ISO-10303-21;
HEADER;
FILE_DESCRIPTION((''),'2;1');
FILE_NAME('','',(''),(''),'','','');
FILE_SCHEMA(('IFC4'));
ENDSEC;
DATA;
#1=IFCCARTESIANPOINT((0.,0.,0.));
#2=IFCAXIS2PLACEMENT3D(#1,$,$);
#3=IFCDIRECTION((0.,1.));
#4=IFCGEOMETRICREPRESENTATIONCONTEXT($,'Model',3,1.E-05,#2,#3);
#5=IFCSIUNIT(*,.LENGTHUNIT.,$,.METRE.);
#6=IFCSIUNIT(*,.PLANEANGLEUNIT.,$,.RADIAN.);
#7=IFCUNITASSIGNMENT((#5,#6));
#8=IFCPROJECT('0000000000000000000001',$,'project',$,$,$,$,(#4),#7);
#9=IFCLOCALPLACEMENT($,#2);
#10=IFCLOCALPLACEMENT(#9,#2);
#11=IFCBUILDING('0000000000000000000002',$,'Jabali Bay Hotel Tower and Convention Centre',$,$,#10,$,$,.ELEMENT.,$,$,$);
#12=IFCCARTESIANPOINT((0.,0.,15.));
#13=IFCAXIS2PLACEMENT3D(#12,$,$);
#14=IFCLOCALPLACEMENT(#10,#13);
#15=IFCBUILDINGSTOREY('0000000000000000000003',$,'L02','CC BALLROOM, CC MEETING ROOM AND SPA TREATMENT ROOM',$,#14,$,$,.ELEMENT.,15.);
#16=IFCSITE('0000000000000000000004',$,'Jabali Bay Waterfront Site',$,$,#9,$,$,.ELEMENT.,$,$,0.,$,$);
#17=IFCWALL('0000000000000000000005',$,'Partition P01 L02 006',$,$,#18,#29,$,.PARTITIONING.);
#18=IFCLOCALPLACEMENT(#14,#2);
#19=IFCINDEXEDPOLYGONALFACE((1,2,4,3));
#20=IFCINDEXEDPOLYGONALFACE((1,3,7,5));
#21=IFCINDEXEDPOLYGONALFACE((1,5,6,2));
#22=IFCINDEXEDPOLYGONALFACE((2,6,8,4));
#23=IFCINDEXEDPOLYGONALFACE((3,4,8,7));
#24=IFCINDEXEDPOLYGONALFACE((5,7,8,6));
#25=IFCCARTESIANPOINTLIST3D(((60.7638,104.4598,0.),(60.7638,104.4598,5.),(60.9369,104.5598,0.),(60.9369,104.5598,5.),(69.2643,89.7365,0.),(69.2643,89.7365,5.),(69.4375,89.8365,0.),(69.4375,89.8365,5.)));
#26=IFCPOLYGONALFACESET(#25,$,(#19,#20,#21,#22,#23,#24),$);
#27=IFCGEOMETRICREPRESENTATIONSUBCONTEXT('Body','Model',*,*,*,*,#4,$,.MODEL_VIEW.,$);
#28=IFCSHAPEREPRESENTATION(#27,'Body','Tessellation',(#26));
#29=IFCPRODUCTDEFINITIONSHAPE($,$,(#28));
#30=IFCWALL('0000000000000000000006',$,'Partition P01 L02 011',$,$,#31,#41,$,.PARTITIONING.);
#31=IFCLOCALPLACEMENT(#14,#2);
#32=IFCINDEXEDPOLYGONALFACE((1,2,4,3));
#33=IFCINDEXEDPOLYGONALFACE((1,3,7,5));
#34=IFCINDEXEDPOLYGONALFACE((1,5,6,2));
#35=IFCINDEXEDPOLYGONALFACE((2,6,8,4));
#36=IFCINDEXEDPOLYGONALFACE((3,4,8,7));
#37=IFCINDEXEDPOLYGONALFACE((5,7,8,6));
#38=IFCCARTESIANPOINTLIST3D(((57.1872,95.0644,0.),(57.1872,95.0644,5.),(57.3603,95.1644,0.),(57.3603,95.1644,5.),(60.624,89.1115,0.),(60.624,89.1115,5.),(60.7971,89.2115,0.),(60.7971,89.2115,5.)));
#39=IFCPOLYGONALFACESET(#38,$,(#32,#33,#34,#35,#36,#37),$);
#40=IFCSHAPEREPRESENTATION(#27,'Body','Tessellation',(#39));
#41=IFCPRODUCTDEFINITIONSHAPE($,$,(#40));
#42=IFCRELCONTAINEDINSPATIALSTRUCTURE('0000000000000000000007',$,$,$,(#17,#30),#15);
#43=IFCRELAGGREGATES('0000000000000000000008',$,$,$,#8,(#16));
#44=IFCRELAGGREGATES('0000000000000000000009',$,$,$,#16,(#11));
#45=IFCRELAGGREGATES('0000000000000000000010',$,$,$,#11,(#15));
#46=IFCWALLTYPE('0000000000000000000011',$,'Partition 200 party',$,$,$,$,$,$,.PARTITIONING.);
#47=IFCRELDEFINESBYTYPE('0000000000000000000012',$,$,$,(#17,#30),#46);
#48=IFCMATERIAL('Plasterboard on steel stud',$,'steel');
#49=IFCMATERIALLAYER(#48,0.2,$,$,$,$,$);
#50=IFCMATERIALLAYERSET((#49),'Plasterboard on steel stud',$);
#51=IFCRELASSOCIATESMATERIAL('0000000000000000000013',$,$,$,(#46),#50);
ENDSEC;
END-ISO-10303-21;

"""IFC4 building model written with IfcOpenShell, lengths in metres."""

from ifc_helpers import new_model, si_unit, direction, frame, frame_2d, origin, place, context, subcontext, project, spatial, rectangle, extrude, material, layer, layer_set, type_object, element, save


model = new_model("IFC4")

# Units and contexts
model_context = context("Model", 3, precision=1e-05, world=origin(), true_north=direction((0.0, 1.0)))
body_context = subcontext(model_context, "Body", "Model", "MODEL_VIEW")
ifc_project = project(units=[si_unit("LENGTHUNIT", "METRE"), si_unit("PLANEANGLEUNIT", "RADIAN")], contexts=[model_context])

# Site, building, storey
site_placement = place(None, origin())
site = spatial("IfcSite", under=ifc_project, at=site_placement, Name="Jabali Bay Waterfront Site", CompositionType="ELEMENT", RefElevation=0.0)
building_placement = place(site_placement, origin())
building = spatial("IfcBuilding", under=site, at=building_placement, Name="Jabali Bay Hotel Tower and Convention Centre", CompositionType="ELEMENT")
storey_placement = place(building_placement, frame((0.0, 0.0, 15.0)))
storey = spatial("IfcBuildingStorey", under=building, at=storey_placement, Name="L02", Description="CC BALLROOM, CC MEETING ROOM AND SPA TREATMENT ROOM", CompositionType="ELEMENT", Elevation=15.0)

# Walls
ifc_material_1 = material(Name="Plasterboard on steel stud", Category="steel")
ifc_layer_1 = layer(ifc_material_1, 0.2)
ifc_layer_set_1 = layer_set([ifc_layer_1], Name="Plasterboard on steel stud")
wall_type_1 = type_object("IfcWallType", Name="Partition 200 party", PredefinedType="PARTITIONING", material=ifc_layer_set_1)
wall_1_placement = place(storey_placement, frame((60.8503, 104.5098, 0.0), z_axis=(0.0, 0.0, 1.0), x_axis=(0.500003, -0.866023, 0.0)))
element("IfcWall", 1, at=wall_1_placement, inside=storey, type_object=wall_type_1, Name="Partition P01 L02 006", PredefinedType="PARTITIONING", context=body_context, shape_type="SweptSolid", body=[
    extrude(rectangle(XDim=17.001, YDim=0.2, at=frame_2d((8.5005, 0.0))), origin(), (0.0, 0.0, 1.0), 5.0),
])
wall_2_placement = place(storey_placement, frame((57.2737, 95.1145, 0.0), z_axis=(0.0, 0.0, 1.0), x_axis=(0.499986, -0.866034, 0.0)))
element("IfcWall", 2, at=wall_2_placement, inside=storey, type_object=wall_type_1, Name="Partition P01 L02 011", PredefinedType="PARTITIONING", context=body_context, shape_type="SweptSolid", body=[
    extrude(rectangle(XDim=6.8738, YDim=0.2, at=frame_2d((3.437, 0.0))), origin(), (0.0, 0.0, 1.0), 5.0),
])

save(model, "model.ifc")
